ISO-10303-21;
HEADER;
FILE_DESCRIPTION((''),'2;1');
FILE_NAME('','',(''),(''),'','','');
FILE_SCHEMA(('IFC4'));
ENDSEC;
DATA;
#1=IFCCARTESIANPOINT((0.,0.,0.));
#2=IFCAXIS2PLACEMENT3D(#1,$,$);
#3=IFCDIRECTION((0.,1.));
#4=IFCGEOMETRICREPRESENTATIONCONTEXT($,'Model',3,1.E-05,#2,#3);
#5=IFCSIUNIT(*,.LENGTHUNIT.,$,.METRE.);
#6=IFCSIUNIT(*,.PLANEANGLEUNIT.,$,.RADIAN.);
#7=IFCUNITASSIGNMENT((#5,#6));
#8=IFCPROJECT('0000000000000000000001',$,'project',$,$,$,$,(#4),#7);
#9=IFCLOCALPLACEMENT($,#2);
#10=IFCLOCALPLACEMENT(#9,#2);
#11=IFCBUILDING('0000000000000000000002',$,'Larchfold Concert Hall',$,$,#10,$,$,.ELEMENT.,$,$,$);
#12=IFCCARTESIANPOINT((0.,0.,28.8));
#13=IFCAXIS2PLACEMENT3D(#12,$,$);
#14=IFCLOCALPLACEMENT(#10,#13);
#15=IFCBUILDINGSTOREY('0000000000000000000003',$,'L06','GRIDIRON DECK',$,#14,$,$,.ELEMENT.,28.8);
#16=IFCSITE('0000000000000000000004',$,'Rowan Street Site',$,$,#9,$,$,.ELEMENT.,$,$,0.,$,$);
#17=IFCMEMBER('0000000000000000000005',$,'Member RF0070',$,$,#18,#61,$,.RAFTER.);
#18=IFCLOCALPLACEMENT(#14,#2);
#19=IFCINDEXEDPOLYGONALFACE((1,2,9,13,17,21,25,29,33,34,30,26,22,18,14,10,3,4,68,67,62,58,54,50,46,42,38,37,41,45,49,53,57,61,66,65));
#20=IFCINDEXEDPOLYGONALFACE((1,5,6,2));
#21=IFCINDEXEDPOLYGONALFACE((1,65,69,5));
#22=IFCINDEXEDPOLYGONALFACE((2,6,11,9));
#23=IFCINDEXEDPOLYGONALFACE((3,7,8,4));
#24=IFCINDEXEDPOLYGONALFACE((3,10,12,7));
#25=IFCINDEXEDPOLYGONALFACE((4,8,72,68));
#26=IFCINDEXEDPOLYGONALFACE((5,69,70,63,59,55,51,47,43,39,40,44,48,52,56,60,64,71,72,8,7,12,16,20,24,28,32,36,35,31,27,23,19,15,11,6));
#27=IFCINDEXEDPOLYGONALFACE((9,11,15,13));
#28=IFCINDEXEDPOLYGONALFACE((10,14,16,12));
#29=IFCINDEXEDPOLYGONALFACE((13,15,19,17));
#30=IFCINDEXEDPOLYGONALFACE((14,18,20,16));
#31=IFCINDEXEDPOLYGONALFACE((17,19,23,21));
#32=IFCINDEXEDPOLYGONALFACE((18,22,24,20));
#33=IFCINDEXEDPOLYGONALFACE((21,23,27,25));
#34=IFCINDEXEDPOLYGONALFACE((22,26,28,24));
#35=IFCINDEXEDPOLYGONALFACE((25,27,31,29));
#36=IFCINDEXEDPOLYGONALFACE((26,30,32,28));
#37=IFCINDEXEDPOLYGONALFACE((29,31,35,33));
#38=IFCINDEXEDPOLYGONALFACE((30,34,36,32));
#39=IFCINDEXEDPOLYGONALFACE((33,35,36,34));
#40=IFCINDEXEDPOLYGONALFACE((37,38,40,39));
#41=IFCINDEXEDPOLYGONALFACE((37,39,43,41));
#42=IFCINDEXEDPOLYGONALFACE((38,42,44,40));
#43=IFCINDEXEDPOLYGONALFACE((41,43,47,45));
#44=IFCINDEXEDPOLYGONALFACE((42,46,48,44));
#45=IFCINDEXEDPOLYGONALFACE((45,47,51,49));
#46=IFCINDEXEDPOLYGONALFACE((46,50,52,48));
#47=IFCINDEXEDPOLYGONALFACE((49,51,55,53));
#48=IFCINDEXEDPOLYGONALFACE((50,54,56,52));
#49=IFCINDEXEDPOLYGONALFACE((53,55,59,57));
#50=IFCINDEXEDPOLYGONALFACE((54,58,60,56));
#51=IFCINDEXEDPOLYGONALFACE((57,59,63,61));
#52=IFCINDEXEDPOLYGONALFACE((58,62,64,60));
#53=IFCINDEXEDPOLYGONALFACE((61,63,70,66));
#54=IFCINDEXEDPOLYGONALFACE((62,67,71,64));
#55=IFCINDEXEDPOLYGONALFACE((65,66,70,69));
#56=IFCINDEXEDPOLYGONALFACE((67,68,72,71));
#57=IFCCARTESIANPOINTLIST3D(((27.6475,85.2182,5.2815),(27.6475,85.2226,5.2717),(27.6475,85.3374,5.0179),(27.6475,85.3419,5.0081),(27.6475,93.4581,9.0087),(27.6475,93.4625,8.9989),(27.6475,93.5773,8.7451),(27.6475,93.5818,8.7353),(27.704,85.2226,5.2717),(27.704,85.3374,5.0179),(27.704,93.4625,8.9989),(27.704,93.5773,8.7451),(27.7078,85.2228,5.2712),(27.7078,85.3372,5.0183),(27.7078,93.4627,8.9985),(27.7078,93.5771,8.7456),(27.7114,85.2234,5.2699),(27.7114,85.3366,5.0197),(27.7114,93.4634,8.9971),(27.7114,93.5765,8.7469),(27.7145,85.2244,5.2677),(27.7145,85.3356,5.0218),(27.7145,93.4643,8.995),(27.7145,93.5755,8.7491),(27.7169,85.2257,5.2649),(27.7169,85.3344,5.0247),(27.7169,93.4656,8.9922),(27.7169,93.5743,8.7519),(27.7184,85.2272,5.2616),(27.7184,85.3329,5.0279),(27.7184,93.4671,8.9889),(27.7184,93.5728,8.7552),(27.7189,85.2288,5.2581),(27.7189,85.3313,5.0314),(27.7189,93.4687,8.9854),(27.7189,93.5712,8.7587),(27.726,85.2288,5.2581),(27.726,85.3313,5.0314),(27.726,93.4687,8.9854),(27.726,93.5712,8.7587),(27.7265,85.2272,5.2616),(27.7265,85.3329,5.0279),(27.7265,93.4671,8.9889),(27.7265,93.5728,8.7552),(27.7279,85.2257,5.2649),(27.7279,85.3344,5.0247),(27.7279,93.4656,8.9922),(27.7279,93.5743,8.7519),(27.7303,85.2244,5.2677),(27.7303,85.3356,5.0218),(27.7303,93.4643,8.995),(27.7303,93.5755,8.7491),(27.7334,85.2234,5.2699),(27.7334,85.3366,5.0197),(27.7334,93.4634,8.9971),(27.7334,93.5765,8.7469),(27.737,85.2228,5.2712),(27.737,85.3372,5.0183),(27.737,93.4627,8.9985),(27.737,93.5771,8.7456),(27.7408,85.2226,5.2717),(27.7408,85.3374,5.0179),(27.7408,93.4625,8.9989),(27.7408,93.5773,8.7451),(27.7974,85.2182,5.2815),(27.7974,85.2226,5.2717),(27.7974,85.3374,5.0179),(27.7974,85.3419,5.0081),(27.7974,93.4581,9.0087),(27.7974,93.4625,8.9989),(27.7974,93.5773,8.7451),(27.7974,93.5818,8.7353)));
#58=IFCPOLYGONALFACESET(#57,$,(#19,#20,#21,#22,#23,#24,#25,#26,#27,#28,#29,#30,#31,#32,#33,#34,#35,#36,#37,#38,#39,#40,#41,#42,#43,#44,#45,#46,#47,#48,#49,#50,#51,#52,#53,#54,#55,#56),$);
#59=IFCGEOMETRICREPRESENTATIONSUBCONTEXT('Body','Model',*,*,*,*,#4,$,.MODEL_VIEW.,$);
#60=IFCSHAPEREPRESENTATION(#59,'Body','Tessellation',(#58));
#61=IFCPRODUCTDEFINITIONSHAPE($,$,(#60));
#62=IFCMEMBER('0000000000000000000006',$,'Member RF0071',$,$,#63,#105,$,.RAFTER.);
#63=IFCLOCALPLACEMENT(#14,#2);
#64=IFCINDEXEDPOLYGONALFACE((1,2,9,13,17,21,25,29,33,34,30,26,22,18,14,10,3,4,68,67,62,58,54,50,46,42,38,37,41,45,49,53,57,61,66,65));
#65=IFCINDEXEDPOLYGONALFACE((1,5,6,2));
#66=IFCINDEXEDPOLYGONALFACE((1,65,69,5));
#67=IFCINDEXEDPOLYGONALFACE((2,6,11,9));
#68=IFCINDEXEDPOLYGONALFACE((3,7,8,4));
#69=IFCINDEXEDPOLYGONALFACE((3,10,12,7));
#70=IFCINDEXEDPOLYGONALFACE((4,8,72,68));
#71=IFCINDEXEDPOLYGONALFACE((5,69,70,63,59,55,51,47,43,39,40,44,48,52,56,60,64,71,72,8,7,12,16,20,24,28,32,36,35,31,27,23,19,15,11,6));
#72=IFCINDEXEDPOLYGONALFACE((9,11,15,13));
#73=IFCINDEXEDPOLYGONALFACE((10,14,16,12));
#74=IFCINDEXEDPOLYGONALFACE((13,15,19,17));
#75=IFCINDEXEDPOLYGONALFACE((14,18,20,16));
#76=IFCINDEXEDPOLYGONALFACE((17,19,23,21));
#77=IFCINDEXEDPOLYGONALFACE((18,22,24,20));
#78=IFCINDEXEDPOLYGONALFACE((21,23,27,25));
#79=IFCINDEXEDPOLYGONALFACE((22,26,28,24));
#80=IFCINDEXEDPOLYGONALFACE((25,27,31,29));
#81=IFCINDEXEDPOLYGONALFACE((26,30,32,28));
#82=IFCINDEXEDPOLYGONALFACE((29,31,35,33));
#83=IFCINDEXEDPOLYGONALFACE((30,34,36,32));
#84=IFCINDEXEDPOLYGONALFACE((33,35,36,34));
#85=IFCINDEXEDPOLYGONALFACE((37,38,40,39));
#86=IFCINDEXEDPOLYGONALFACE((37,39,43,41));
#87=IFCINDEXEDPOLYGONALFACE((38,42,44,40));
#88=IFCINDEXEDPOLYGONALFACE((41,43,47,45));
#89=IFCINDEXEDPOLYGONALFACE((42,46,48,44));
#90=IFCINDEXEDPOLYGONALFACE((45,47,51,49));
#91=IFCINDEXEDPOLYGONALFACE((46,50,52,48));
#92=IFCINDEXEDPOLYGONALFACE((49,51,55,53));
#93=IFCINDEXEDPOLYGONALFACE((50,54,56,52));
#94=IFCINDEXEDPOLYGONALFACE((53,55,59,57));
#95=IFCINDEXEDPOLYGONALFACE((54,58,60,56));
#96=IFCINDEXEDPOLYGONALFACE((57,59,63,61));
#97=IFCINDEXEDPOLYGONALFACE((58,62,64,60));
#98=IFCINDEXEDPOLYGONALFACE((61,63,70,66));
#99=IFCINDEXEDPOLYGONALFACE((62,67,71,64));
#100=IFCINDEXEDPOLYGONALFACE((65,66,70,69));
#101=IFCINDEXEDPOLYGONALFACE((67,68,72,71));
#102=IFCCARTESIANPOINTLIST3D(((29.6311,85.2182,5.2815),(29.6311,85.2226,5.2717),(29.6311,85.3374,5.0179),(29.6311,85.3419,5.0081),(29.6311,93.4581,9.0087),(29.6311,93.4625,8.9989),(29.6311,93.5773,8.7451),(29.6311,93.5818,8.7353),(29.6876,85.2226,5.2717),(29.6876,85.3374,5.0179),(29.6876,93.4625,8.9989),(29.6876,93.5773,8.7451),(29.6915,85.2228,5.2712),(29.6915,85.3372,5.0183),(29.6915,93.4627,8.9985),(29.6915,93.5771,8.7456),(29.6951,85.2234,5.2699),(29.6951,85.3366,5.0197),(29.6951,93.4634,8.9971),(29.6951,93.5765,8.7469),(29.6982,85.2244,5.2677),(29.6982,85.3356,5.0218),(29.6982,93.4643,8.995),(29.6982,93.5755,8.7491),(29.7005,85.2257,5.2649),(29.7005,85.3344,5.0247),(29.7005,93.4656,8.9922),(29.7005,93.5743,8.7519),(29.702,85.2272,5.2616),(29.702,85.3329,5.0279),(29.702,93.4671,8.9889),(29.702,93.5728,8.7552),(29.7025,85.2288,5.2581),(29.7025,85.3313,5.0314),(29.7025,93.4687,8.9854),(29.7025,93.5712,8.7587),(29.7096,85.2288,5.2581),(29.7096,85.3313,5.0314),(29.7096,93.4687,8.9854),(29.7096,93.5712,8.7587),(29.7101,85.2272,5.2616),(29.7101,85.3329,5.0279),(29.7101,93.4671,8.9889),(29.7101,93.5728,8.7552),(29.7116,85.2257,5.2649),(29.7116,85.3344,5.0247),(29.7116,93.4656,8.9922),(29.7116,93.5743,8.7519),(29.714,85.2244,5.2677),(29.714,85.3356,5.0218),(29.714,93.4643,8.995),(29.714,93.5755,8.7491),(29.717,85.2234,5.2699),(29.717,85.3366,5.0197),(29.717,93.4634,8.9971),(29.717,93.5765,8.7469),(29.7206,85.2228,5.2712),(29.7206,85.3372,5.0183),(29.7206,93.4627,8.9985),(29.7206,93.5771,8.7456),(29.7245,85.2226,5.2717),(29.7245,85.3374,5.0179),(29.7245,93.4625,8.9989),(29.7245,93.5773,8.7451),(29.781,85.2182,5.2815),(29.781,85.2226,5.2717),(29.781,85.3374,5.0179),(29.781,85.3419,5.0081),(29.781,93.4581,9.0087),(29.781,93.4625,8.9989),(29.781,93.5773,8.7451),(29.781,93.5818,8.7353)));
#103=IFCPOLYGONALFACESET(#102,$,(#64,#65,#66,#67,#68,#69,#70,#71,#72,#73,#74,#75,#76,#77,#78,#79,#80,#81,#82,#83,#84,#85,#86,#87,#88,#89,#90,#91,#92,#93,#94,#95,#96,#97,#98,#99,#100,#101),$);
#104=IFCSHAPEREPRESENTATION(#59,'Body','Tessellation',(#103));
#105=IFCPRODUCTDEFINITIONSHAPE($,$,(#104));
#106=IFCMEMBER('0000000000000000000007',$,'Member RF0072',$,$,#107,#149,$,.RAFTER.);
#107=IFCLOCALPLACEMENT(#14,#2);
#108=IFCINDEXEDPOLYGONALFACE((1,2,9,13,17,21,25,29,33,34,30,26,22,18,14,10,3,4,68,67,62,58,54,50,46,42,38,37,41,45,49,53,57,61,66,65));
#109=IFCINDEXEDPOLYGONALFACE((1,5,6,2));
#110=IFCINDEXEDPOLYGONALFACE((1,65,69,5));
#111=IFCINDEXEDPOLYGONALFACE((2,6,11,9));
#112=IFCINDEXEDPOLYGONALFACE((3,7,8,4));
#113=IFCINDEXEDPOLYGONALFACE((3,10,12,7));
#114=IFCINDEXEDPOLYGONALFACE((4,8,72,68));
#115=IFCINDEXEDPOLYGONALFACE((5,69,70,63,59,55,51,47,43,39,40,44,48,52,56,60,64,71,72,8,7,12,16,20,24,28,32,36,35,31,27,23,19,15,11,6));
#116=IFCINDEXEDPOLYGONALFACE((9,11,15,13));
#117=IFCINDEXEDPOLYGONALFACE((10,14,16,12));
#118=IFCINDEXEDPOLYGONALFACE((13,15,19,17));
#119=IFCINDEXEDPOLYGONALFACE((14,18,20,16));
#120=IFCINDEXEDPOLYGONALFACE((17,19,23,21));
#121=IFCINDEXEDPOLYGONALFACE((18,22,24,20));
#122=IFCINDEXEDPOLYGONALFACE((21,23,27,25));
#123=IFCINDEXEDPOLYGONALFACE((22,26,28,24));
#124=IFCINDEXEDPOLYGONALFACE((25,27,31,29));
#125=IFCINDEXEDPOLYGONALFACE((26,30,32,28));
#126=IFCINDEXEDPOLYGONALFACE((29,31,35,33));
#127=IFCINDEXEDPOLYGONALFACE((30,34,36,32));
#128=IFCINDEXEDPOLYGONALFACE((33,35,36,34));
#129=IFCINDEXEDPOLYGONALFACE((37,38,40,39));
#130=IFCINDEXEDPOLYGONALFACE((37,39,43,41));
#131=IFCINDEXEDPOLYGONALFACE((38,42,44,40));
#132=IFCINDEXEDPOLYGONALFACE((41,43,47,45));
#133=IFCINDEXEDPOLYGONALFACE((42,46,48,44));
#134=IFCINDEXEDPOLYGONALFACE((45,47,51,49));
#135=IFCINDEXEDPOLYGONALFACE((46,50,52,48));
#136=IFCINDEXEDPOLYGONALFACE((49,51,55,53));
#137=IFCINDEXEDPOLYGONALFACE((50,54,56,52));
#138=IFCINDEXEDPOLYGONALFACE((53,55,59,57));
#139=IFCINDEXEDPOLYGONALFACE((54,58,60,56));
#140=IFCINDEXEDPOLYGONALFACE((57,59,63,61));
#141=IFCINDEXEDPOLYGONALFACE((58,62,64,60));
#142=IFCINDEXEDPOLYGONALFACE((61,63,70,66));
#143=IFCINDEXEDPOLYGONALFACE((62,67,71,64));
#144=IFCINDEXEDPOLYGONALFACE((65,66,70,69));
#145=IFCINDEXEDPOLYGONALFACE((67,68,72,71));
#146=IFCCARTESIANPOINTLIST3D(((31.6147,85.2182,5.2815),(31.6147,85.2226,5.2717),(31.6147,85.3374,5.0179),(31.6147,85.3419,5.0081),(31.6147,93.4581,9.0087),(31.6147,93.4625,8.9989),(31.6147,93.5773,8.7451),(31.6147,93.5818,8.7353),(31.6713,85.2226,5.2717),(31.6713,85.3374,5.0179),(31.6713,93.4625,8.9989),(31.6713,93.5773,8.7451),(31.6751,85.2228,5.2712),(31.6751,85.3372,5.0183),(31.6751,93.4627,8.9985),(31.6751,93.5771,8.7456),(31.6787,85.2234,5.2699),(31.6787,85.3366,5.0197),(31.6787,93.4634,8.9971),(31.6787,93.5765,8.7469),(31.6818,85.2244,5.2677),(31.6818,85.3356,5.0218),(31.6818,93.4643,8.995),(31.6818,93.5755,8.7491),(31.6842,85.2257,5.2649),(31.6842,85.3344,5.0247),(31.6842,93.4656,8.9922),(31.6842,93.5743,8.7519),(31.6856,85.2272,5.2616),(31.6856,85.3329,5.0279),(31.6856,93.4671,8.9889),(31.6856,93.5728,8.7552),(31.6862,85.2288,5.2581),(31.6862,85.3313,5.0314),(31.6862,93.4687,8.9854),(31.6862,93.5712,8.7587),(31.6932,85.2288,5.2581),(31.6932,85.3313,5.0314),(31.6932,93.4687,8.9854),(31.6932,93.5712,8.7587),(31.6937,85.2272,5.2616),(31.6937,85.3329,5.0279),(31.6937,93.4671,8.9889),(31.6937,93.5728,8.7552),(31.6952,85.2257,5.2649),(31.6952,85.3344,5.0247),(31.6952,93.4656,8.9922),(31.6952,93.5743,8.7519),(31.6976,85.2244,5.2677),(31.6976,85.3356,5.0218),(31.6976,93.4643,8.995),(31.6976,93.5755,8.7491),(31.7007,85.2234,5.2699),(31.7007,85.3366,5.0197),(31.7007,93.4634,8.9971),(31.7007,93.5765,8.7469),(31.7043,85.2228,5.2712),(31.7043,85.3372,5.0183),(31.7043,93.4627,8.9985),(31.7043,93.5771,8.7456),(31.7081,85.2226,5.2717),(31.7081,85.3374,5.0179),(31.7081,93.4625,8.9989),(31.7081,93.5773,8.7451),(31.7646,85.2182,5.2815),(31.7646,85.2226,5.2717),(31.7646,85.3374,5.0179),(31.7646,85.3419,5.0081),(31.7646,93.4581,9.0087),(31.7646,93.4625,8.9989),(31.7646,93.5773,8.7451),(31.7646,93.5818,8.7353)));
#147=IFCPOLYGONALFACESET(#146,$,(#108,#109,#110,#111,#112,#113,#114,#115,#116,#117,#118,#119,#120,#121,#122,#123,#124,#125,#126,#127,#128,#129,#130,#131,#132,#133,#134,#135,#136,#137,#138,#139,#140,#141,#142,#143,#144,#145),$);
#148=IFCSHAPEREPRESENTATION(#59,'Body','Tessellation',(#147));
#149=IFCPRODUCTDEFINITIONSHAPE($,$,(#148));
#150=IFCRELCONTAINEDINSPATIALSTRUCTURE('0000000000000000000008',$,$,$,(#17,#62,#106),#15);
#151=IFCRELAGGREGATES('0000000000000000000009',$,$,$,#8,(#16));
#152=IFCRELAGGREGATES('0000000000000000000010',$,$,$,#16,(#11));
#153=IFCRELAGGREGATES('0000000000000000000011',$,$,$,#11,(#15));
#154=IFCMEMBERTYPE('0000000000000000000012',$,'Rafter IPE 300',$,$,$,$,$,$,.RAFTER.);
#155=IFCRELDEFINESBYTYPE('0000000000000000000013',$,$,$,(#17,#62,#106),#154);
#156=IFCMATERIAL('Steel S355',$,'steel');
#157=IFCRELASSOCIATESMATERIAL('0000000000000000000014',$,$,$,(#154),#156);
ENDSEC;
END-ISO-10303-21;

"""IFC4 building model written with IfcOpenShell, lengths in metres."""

from ifc_helpers import new_model, si_unit, direction, frame, origin, origin_2d, place, context, subcontext, project, spatial, i_section, extrude, material, material_profile, profile_set, type_object, element, save


model = new_model("IFC4")

# Units and contexts
model_context = context("Model", 3, precision=1e-05, world=origin(), true_north=direction((0.0, 1.0)))
body_context = subcontext(model_context, "Body", "Model", "MODEL_VIEW")
ifc_project = project(units=[si_unit("LENGTHUNIT", "METRE"), si_unit("PLANEANGLEUNIT", "RADIAN")], contexts=[model_context])

# Site, building, storey
site_placement = place(None, origin())
site = spatial("IfcSite", under=ifc_project, at=site_placement, Name="Rowan Street Site", CompositionType="ELEMENT", RefElevation=0.0)
building_placement = place(site_placement, origin())
building = spatial("IfcBuilding", under=site, at=building_placement, Name="Larchfold Concert Hall", CompositionType="ELEMENT")
storey_placement = place(building_placement, frame((0.0, 0.0, 28.8)))
storey = spatial("IfcBuildingStorey", under=building, at=storey_placement, Name="L06", Description="GRIDIRON DECK", CompositionType="ELEMENT", Elevation=28.8)

# Members
ifc_material_1 = material(Name="Steel S355", Category="steel")
ifc_material_profile_1 = material_profile(ifc_material_1, i_section(OverallWidth=0.1499, OverallDepth=0.3, WebThickness=0.0071, FlangeThickness=0.0107, FilletRadius=0.0149, at=origin_2d()))
ifc_profile_set_1 = profile_set([ifc_material_profile_1], Name="Steel S355")
member_type_1 = type_object("IfcMemberType", Name="Rafter IPE 300", PredefinedType="RAFTER", material=ifc_profile_set_1)
for number, where, z_axis, x_axis, name in (
    (1, (27.7224, 85.28, 5.1448), (0.0, 0.911121, 0.412139), (-1.0, 0.0, 0.0), "Member RF0070"),
    (2, (29.7061, 85.28, 5.1448), (0.0, 0.911121, 0.412139), (-1.0, 0.0, 0.0), "Member RF0071"),
    (3, (31.6897, 85.28, 5.1448), (0.0, 0.911121, 0.412139), (-1.0, 0.0, 0.0), "Member RF0072"),
):
    element("IfcMember", number, at=place(storey_placement, frame(where, z_axis=z_axis, x_axis=x_axis)), inside=storey, type_object=member_type_1, Name=name, PredefinedType="RAFTER", context=body_context, shape_type="SweptSolid", body=[
        extrude(i_section(OverallWidth=0.1499, OverallDepth=0.3, WebThickness=0.0071, FlangeThickness=0.0107, FilletRadius=0.0149, at=origin_2d()), origin(), (0.0, 0.0, 1.0), 9.0437),
    ])

save(model, "model.ifc")
